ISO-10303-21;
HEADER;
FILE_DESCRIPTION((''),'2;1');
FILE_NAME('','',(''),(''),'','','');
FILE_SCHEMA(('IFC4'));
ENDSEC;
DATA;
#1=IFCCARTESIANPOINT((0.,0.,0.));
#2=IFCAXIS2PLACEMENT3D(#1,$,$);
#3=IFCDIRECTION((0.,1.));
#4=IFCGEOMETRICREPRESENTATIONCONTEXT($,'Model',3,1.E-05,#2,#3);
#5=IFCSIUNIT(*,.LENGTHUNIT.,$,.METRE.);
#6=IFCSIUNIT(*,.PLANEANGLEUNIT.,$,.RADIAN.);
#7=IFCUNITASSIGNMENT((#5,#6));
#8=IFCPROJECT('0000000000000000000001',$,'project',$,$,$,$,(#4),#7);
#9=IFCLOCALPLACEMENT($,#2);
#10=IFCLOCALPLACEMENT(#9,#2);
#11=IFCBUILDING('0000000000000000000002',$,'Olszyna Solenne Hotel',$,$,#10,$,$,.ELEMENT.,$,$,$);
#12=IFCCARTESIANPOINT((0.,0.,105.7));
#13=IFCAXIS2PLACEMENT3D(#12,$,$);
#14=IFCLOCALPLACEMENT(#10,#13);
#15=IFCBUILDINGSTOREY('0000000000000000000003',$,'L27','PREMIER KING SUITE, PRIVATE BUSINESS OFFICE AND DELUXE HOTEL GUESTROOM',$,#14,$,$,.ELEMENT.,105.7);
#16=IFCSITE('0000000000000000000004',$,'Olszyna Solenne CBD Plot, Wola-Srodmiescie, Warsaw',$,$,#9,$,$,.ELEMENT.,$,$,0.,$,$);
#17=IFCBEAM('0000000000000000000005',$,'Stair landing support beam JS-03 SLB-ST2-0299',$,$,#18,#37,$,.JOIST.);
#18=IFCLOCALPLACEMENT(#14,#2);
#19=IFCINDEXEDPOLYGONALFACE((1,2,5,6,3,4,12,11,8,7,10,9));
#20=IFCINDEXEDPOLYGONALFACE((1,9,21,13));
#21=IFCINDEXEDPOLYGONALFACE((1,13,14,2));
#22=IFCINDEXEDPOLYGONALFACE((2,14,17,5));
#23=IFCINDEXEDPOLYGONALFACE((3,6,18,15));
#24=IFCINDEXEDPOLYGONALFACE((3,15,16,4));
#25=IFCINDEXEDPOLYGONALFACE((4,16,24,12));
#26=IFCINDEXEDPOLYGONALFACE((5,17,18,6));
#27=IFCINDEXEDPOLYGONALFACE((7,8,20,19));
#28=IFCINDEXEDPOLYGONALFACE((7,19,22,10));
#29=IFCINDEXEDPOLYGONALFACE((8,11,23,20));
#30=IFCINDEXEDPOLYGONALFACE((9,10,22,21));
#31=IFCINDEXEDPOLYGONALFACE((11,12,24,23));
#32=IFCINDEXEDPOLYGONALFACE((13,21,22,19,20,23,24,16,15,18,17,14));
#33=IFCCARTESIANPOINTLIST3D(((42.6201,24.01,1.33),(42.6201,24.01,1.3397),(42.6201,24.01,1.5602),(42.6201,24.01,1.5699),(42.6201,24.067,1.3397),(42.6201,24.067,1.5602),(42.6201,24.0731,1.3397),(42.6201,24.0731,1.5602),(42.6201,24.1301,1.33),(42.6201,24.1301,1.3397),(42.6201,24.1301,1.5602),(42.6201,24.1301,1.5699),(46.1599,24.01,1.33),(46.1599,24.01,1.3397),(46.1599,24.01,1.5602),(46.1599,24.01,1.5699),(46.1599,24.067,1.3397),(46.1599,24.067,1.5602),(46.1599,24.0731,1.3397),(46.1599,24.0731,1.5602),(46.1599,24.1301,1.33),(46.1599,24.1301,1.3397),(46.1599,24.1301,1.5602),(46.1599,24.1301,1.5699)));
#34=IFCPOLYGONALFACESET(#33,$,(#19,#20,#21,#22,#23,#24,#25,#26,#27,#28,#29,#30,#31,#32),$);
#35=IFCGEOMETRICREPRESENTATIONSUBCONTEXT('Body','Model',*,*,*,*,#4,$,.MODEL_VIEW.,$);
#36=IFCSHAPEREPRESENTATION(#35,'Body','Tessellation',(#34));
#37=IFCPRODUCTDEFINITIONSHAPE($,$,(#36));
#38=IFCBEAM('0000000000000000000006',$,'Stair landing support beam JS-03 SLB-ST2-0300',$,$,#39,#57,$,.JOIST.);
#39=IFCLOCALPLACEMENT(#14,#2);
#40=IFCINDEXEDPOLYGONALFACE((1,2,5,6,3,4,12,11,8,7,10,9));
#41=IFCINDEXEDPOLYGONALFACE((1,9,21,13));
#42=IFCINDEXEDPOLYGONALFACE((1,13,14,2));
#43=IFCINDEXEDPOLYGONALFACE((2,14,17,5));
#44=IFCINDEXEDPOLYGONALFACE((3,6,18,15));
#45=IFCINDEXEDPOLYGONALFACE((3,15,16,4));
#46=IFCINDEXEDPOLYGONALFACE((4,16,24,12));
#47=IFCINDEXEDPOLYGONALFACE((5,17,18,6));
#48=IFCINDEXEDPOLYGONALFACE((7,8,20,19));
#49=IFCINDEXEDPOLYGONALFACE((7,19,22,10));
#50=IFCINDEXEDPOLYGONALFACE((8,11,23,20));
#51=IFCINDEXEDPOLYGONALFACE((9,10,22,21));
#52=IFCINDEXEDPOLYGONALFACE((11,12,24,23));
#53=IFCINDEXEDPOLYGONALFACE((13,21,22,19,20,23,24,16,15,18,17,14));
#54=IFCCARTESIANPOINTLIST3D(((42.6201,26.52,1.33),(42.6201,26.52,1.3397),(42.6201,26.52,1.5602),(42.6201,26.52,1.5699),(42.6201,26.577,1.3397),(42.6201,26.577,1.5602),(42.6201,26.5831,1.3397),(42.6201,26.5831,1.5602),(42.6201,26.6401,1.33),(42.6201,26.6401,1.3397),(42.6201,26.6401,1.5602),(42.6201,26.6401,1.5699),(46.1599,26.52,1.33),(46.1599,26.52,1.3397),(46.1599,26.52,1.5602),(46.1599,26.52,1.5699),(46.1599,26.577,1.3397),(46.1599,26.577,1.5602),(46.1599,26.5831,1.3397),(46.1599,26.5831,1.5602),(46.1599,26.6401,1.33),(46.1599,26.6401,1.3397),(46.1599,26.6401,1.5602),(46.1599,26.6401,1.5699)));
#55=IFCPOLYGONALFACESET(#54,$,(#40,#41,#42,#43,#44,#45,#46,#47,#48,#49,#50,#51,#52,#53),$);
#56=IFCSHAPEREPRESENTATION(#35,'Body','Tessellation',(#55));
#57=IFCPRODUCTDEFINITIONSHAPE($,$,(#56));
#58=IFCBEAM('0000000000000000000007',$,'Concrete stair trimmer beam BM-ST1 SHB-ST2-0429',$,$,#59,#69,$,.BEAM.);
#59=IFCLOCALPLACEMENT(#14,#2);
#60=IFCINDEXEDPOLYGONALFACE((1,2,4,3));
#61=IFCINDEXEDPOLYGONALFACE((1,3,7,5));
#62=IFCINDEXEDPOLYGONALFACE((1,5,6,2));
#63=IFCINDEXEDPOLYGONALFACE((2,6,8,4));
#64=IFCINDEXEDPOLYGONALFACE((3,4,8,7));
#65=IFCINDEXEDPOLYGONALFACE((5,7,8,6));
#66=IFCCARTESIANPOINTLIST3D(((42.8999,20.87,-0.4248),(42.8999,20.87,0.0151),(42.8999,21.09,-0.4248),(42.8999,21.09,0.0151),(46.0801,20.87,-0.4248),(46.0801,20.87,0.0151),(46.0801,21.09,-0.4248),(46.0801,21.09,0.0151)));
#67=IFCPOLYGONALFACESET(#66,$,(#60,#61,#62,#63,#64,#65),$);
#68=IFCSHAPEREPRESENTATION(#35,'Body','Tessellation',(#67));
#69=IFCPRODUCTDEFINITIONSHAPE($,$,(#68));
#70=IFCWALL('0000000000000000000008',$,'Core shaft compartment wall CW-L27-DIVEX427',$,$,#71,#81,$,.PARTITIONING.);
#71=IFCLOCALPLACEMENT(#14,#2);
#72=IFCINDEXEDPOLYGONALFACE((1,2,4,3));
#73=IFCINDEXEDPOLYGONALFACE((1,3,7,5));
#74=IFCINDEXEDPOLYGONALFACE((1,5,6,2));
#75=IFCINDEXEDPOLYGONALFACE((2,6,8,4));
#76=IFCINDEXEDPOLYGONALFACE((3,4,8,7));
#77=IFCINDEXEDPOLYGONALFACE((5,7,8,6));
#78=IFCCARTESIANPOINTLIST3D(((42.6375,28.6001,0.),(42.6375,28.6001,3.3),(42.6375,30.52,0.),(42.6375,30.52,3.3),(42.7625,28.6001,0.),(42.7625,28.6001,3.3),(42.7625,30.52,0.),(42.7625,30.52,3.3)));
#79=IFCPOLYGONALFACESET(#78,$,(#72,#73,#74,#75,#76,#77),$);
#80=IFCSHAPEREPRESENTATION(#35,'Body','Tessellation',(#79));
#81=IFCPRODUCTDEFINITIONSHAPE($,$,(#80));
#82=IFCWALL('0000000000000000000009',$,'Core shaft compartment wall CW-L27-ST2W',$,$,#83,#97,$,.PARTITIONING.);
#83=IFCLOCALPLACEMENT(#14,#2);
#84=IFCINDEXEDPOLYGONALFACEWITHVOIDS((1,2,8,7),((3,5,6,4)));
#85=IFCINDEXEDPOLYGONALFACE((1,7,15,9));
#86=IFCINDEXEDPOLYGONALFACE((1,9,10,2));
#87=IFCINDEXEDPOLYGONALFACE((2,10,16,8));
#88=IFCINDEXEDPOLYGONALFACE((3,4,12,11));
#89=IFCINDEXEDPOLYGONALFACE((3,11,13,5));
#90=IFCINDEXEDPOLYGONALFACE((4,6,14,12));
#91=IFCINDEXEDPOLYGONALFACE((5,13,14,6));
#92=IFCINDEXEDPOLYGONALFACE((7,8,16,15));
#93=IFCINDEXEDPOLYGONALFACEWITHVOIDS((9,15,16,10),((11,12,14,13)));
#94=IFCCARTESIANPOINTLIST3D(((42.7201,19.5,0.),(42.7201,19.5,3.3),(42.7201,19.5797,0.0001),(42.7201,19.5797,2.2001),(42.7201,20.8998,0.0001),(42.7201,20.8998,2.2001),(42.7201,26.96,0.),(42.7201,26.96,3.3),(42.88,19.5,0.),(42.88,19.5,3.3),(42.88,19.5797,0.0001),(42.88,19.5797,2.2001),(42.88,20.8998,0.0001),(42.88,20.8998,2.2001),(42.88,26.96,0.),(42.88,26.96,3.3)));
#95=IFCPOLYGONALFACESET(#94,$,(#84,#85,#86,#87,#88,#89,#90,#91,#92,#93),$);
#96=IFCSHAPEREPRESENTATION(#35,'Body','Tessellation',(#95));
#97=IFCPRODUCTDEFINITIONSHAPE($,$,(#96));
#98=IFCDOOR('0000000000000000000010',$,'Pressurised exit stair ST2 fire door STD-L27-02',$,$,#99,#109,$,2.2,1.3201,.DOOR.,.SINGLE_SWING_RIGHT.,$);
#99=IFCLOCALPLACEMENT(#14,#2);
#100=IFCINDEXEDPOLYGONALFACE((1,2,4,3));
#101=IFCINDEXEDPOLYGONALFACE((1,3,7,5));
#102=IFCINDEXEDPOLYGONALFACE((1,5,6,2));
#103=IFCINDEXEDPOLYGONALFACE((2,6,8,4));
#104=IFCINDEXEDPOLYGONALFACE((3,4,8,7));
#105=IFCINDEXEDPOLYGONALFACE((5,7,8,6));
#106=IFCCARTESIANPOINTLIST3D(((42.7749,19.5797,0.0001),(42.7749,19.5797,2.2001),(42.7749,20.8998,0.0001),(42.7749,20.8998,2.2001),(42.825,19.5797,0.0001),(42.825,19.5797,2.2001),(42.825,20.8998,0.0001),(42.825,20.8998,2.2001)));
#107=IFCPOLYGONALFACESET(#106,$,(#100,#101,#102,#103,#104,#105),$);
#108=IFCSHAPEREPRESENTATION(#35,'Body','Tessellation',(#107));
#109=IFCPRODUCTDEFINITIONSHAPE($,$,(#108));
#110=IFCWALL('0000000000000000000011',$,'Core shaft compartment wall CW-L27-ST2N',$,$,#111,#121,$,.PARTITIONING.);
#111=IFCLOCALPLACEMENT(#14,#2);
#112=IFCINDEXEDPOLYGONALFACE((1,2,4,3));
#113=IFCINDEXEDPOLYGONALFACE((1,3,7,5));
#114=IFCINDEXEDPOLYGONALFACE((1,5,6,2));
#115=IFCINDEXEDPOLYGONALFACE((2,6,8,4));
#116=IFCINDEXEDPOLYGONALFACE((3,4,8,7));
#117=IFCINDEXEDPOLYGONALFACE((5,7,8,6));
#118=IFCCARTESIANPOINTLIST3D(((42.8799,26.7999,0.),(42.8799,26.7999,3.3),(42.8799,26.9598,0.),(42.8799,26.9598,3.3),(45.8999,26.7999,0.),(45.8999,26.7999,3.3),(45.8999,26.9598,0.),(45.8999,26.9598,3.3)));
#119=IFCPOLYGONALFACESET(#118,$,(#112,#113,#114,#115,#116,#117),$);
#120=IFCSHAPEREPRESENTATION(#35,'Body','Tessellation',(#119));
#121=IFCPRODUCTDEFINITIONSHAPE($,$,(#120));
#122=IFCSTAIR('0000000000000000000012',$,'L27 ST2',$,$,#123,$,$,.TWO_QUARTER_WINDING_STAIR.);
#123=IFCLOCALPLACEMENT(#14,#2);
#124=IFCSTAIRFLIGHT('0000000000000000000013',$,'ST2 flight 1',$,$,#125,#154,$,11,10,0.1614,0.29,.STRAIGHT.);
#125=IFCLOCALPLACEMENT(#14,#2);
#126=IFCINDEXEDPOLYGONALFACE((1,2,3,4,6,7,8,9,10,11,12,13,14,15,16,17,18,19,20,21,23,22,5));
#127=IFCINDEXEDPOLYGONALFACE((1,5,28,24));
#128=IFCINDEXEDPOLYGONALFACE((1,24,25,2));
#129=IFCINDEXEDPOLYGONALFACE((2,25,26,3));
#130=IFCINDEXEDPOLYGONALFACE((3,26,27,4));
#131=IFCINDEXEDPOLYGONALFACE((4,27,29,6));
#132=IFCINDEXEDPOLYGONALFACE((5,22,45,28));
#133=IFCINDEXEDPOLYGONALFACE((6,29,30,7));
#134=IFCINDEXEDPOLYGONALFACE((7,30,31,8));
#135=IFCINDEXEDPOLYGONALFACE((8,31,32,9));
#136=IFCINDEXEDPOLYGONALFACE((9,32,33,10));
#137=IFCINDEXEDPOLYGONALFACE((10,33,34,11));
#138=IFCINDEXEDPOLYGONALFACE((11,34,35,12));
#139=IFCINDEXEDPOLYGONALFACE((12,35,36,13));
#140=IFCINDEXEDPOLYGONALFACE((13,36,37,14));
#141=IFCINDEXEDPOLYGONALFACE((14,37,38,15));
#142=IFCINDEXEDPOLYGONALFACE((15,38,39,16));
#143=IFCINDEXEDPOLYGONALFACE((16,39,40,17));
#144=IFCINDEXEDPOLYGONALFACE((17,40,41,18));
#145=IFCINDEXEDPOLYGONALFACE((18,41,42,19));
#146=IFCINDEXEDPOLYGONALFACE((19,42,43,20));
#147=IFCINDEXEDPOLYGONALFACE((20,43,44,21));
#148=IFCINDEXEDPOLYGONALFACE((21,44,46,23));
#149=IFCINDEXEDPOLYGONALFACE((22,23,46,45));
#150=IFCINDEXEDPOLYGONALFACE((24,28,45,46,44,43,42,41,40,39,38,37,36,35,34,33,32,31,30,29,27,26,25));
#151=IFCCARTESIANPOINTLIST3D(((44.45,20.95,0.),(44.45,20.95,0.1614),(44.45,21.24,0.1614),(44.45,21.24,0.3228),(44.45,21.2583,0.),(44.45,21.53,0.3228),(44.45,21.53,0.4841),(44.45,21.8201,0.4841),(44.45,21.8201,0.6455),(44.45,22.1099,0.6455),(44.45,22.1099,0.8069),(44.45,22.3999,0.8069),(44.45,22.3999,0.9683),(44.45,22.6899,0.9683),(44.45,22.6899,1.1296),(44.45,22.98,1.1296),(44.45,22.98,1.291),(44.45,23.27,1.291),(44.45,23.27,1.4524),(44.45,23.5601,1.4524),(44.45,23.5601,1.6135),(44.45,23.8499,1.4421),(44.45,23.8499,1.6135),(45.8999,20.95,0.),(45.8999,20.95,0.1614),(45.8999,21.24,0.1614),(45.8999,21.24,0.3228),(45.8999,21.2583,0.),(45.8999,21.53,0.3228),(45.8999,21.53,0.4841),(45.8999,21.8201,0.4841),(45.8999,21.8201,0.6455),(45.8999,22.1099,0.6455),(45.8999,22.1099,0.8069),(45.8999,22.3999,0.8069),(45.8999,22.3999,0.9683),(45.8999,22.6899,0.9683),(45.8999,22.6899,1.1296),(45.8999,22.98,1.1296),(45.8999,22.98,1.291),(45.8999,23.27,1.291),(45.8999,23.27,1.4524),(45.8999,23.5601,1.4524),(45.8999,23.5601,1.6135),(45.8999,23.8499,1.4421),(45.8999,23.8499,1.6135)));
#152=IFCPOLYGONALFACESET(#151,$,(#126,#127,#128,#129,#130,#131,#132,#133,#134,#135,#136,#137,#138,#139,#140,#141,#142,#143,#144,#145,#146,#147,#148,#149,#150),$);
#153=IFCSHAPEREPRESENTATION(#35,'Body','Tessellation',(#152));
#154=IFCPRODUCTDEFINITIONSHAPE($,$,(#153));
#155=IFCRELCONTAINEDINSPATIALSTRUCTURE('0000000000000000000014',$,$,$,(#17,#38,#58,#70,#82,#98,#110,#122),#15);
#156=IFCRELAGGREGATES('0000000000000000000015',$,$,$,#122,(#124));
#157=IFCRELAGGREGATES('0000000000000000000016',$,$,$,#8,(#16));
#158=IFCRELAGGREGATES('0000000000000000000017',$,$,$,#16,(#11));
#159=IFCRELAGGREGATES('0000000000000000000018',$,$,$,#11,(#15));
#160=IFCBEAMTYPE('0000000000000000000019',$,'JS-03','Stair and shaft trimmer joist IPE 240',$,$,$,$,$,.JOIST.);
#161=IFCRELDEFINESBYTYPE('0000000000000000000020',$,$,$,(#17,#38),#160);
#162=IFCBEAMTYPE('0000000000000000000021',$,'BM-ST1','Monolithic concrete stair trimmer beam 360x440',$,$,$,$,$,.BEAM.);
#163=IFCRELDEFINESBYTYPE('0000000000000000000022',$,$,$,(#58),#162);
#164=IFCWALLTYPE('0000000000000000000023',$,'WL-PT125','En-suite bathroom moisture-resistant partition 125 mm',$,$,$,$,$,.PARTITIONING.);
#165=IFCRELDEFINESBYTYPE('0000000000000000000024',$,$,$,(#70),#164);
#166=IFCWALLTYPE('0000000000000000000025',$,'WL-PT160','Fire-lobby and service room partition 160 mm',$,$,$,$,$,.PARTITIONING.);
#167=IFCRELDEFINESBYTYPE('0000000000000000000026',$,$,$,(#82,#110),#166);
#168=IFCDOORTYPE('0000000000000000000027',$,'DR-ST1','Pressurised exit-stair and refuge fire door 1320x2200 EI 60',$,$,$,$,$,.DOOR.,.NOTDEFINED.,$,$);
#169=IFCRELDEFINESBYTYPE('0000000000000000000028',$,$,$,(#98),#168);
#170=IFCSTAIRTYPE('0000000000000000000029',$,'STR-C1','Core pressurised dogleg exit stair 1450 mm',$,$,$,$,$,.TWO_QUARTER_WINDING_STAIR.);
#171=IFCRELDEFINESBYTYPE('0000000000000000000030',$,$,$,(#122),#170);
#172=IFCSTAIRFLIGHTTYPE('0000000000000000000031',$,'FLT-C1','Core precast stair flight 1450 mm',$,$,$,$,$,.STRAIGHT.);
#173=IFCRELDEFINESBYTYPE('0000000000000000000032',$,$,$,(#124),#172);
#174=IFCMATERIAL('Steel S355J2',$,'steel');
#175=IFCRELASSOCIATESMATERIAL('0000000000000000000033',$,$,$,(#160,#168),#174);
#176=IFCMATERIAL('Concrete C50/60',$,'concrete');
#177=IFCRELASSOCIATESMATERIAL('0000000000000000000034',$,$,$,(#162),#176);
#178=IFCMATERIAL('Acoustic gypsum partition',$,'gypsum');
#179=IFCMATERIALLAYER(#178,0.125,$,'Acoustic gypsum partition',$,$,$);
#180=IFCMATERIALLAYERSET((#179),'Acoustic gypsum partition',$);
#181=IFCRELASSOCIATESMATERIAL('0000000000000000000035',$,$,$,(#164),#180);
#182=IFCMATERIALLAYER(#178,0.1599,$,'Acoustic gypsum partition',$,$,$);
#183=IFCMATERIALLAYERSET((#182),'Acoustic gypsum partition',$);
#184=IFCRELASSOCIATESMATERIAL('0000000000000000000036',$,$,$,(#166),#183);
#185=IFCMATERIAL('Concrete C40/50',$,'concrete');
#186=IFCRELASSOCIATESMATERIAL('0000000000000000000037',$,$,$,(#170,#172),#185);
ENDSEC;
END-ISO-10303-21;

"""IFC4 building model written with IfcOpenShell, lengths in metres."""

from ifc_helpers import new_model, si_unit, direction, frame, frame_2d, origin, origin_2d, place, context, subcontext, project, spatial, polyline, rectangle, i_section, outline, extrude, source, transform, mapped, material, layer, layer_set, material_profile, profile_set, type_object, type_shapes, element, fill, aggregate, save


model = new_model("IFC4")

# Units and contexts
model_context = context("Model", 3, precision=1e-05, world=origin(), true_north=direction((0.0, 1.0)))
body_context = subcontext(model_context, "Body", "Model", "MODEL_VIEW")
ifc_project = project(units=[si_unit("LENGTHUNIT", "METRE"), si_unit("PLANEANGLEUNIT", "RADIAN")], contexts=[model_context])

# Site, building, storey
site_placement = place(None, origin())
site = spatial("IfcSite", under=ifc_project, at=site_placement, Name="Olszyna Solenne CBD Plot, Wola-Srodmiescie, Warsaw", CompositionType="ELEMENT", RefElevation=0.0)
building_placement = place(site_placement, origin())
building = spatial("IfcBuilding", under=site, at=building_placement, Name="Olszyna Solenne Hotel", CompositionType="ELEMENT")
storey_placement = place(building_placement, frame((0.0, 0.0, 105.7)))
storey = spatial("IfcBuildingStorey", under=building, at=storey_placement, Name="L27", Description="PREMIER KING SUITE, PRIVATE BUSINESS OFFICE AND DELUXE HOTEL GUESTROOM", CompositionType="ELEMENT", Elevation=105.7)

# Beams
ifc_material_1 = material(Name="Steel S355J2", Category="steel")
ifc_material_profile_1 = material_profile(ifc_material_1, i_section(OverallWidth=0.1201, OverallDepth=0.24, WebThickness=0.0061, FlangeThickness=0.0098, at=origin_2d()), Name="IPE 240", Category="load-bearing")
ifc_profile_set_1 = profile_set([ifc_material_profile_1], Name="Steel S355J2")
beam_type_1 = type_object("IfcBeamType", Name="JS-03", Description="Stair and shaft trimmer joist IPE 240", PredefinedType="JOIST", material=ifc_profile_set_1)
shared_shape_1 = source(origin(), body_context, "Body", "SweptSolid", [
    extrude(i_section(OverallWidth=0.1201, OverallDepth=0.24, WebThickness=0.0061, FlangeThickness=0.0098, at=origin_2d()), origin(), (0.0, 0.0, 1.0), 3.5398),
])
for number, where, z_axis, x_axis, name in (
    (1, (46.1599, 24.0701, 1.45), (-1.0, 0.0, 0.0), (0.0, -1.0, 0.0), "Stair landing support beam JS-03 SLB-ST2-0299"),
    (2, (46.1599, 26.5801, 1.45), (-1.0, 0.0, 0.0), (0.0, -1.0, 0.0), "Stair landing support beam JS-03 SLB-ST2-0300"),
):
    element("IfcBeam", number, at=place(storey_placement, frame(where, z_axis=z_axis, x_axis=x_axis)), inside=storey, type_object=beam_type_1, Name=name, PredefinedType="JOIST", context=body_context, shape_type="MappedRepresentation", body=[
        mapped(shared_shape_1, transform((0.0, 0.0, 0.0), x_axis=(1.0, 0.0, 0.0), y_axis=(0.0, 1.0, 0.0), z_axis=(0.0, 0.0, 1.0), scale=1.0)),
    ])
ifc_material_2 = material(Name="Concrete C50/60", Category="concrete")
ifc_material_profile_2 = material_profile(ifc_material_2, rectangle(XDim=0.22, YDim=0.4399, at=origin_2d()), Name="RC 220x440", Category="load-bearing")
ifc_profile_set_2 = profile_set([ifc_material_profile_2], Name="Concrete C50/60")
beam_type_2 = type_object("IfcBeamType", Name="BM-ST1", Description="Monolithic concrete stair trimmer beam 360x440", PredefinedType="BEAM", material=ifc_profile_set_2)
shared_shape_2 = source(origin(), body_context, "Body", "SweptSolid", [
    extrude(rectangle(XDim=0.22, YDim=0.4399, at=origin_2d()), origin(), (0.0, 0.0, 1.0), 3.1802),
])
beam_placement = place(storey_placement, frame((46.0801, 20.98, -0.2048), z_axis=(-1.0, 0.0, 0.0), x_axis=(0.0, -1.0, 0.0)))
element("IfcBeam", 3, at=beam_placement, inside=storey, type_object=beam_type_2, Name="Concrete stair trimmer beam BM-ST1 SHB-ST2-0429", PredefinedType="BEAM", context=body_context, shape_type="MappedRepresentation", body=[
    mapped(shared_shape_2, transform((0.0, 0.0, 0.0), x_axis=(1.0, 0.0, 0.0), y_axis=(0.0, 1.0, 0.0), z_axis=(0.0, 0.0, 1.0), scale=1.0)),
])

# Wall
ifc_material_3 = material(Name="Acoustic gypsum partition", Category="gypsum")
ifc_layer_1 = layer(ifc_material_3, 0.125, Name="Acoustic gypsum partition")
ifc_layer_set_1 = layer_set([ifc_layer_1], Name="Acoustic gypsum partition")
wall_type_1 = type_object("IfcWallType", Name="WL-PT125", Description="En-suite bathroom moisture-resistant partition 125 mm", PredefinedType="PARTITIONING", material=ifc_layer_set_1)
wall_1_placement = place(storey_placement, frame((42.7, 28.6001, 0.0), z_axis=(0.0, 0.0, 1.0), x_axis=(0.0, 1.0, 0.0)))
element("IfcWall", 4, at=wall_1_placement, inside=storey, type_object=wall_type_1, Name="Core shaft compartment wall CW-L27-DIVEX427", PredefinedType="PARTITIONING", context=body_context, shape_type="SweptSolid", body=[
    extrude(rectangle(XDim=1.9199, YDim=0.125, at=frame_2d((0.96, 0.0))), origin(), (0.0, 0.0, 1.0), 3.3),
])

# Wall, opening, door
ifc_layer_2 = layer(ifc_material_3, 0.1599, Name="Acoustic gypsum partition")
ifc_layer_set_2 = layer_set([ifc_layer_2], Name="Acoustic gypsum partition")
wall_type_2 = type_object("IfcWallType", Name="WL-PT160", Description="Fire-lobby and service room partition 160 mm", PredefinedType="PARTITIONING", material=ifc_layer_set_2)
wall_2_placement = place(storey_placement, frame((42.8, 26.96, 0.0), z_axis=(0.0, 0.0, 1.0), x_axis=(0.0, -1.0, 0.0)))
wall_2 = element("IfcWall", 5, at=wall_2_placement, inside=storey, type_object=wall_type_2, Name="Core shaft compartment wall CW-L27-ST2W", PredefinedType="PARTITIONING", context=body_context, shape_type="SweptSolid", body=[
    extrude(rectangle(XDim=7.46, YDim=0.1599, at=frame_2d((3.73, 0.0))), origin(), (0.0, 0.0, 1.0), 3.3),
])
opening_placement = place(wall_2_placement, frame((6.0601, 0.0, 0.0)))
opening = element("IfcOpeningElement", 6, at=opening_placement, cuts=wall_2, PredefinedType="OPENING", context=body_context, shape_type="SweptSolid", body=[
    extrude(rectangle(XDim=1.3201, YDim=2.2, at=frame_2d((0.6602, 1.1001))), frame((0.0, 0.0898, 0.0), z_axis=(0.0, -1.0, 0.0), x_axis=(1.0, 0.0, 0.0)), (0.0, 0.0, 1.0), 0.1799),
])
door_type = type_object("IfcDoorType", Name="DR-ST1", Description="Pressurised exit-stair and refuge fire door 1320x2200 EI 60", OperationType="NOTDEFINED", PredefinedType="DOOR", material=ifc_material_1)
shared_shape_3 = source(origin(), body_context, "Body", "SweptSolid", [
    extrude(rectangle(XDim=1.3201, YDim=2.2, at=frame_2d((0.6602, 1.1001))), frame((0.0, 0.0249, 0.0), z_axis=(0.0, -1.0, 0.0), x_axis=(1.0, 0.0, 0.0)), (0.0, 0.0, 1.0), 0.05),
])
type_shapes(door_type, [shared_shape_3])
door_placement = place(opening_placement, origin())
door = element("IfcDoor", 7, at=door_placement, inside=storey, type_object=door_type, Name="Pressurised exit stair ST2 fire door STD-L27-02", OperationType="SINGLE_SWING_RIGHT", OverallHeight=2.2, OverallWidth=1.3201, PredefinedType="DOOR", context=body_context, shape_type="MappedRepresentation", body=[
    mapped(shared_shape_3, transform((0.0, 0.0, 0.0), x_axis=(1.0, 0.0, 0.0), y_axis=(0.0, 1.0, 0.0), z_axis=(0.0, 0.0, 1.0), scale=1.0)),
])
fill(opening, door)

# Wall
wall_3_placement = place(storey_placement, frame((42.8799, 26.8799, 0.0), z_axis=(0.0, 0.0, 1.0), x_axis=(1.0, 0.0, 0.0)))
element("IfcWall", 8, at=wall_3_placement, inside=storey, type_object=wall_type_2, Name="Core shaft compartment wall CW-L27-ST2N", PredefinedType="PARTITIONING", context=body_context, shape_type="SweptSolid", body=[
    extrude(rectangle(XDim=3.02, YDim=0.1599, at=frame_2d((1.51, 0.0))), origin(), (0.0, 0.0, 1.0), 3.3),
])

# Stair, stair flight
ifc_material_4 = material(Name="Concrete C40/50", Category="concrete")
stair_type = type_object("IfcStairType", Name="STR-C1", Description="Core pressurised dogleg exit stair 1450 mm", PredefinedType="TWO_QUARTER_WINDING_STAIR", material=ifc_material_4)
stair_placement = place(storey_placement, origin())
stair = element("IfcStair", 9, at=stair_placement, inside=storey, type_object=stair_type, Name="L27 ST2", PredefinedType="TWO_QUARTER_WINDING_STAIR")
stair_flight_type = type_object("IfcStairFlightType", Name="FLT-C1", Description="Core precast stair flight 1450 mm", PredefinedType="STRAIGHT", material=ifc_material_4)
stair_flight_1_placement = place(storey_placement, frame((45.175, 20.95, 0.0), z_axis=(0.0, 0.0, 1.0), x_axis=(0.0, 1.0, 0.0)))
stair_flight_1 = element("IfcStairFlight", 10, at=stair_flight_1_placement, type_object=stair_flight_type, Name="ST2 flight 1", NumberOfRisers=11, NumberOfTreads=10, PredefinedType="STRAIGHT", RiserHeight=0.1614, TreadLength=0.29, context=body_context, shape_type="SweptSolid", body=[
    extrude(outline(polyline([(0.0, 0.0), (0.0, 0.1614), (0.29, 0.1614), (0.29, 0.3228), (0.5801, 0.3228), (0.5801, 0.4841), (0.8701, 0.4841), (0.8701, 0.6455), (1.1599, 0.6455), (1.1599, 0.8069), (1.45, 0.8069), (1.45, 0.9683), (1.74, 0.9683), (1.74, 1.1296), (2.03, 1.1296), (2.03, 1.291), (2.3201, 1.291), (2.3201, 1.4524), (2.6101, 1.4524), (2.6101, 1.6135), (2.8999, 1.6135), (2.8999, 1.7749), (2.8999, 1.4421), (0.3083, 0.0), (0.0, 0.0)])), frame((0.0, 0.7251, 0.0), z_axis=(0.0, -1.0, 0.0), x_axis=(1.0, 0.0, 0.0)), (0.0, 0.0, 1.0), 1.45),
])
aggregate(stair, [stair_flight_1])

save(model, "model.ifc")
